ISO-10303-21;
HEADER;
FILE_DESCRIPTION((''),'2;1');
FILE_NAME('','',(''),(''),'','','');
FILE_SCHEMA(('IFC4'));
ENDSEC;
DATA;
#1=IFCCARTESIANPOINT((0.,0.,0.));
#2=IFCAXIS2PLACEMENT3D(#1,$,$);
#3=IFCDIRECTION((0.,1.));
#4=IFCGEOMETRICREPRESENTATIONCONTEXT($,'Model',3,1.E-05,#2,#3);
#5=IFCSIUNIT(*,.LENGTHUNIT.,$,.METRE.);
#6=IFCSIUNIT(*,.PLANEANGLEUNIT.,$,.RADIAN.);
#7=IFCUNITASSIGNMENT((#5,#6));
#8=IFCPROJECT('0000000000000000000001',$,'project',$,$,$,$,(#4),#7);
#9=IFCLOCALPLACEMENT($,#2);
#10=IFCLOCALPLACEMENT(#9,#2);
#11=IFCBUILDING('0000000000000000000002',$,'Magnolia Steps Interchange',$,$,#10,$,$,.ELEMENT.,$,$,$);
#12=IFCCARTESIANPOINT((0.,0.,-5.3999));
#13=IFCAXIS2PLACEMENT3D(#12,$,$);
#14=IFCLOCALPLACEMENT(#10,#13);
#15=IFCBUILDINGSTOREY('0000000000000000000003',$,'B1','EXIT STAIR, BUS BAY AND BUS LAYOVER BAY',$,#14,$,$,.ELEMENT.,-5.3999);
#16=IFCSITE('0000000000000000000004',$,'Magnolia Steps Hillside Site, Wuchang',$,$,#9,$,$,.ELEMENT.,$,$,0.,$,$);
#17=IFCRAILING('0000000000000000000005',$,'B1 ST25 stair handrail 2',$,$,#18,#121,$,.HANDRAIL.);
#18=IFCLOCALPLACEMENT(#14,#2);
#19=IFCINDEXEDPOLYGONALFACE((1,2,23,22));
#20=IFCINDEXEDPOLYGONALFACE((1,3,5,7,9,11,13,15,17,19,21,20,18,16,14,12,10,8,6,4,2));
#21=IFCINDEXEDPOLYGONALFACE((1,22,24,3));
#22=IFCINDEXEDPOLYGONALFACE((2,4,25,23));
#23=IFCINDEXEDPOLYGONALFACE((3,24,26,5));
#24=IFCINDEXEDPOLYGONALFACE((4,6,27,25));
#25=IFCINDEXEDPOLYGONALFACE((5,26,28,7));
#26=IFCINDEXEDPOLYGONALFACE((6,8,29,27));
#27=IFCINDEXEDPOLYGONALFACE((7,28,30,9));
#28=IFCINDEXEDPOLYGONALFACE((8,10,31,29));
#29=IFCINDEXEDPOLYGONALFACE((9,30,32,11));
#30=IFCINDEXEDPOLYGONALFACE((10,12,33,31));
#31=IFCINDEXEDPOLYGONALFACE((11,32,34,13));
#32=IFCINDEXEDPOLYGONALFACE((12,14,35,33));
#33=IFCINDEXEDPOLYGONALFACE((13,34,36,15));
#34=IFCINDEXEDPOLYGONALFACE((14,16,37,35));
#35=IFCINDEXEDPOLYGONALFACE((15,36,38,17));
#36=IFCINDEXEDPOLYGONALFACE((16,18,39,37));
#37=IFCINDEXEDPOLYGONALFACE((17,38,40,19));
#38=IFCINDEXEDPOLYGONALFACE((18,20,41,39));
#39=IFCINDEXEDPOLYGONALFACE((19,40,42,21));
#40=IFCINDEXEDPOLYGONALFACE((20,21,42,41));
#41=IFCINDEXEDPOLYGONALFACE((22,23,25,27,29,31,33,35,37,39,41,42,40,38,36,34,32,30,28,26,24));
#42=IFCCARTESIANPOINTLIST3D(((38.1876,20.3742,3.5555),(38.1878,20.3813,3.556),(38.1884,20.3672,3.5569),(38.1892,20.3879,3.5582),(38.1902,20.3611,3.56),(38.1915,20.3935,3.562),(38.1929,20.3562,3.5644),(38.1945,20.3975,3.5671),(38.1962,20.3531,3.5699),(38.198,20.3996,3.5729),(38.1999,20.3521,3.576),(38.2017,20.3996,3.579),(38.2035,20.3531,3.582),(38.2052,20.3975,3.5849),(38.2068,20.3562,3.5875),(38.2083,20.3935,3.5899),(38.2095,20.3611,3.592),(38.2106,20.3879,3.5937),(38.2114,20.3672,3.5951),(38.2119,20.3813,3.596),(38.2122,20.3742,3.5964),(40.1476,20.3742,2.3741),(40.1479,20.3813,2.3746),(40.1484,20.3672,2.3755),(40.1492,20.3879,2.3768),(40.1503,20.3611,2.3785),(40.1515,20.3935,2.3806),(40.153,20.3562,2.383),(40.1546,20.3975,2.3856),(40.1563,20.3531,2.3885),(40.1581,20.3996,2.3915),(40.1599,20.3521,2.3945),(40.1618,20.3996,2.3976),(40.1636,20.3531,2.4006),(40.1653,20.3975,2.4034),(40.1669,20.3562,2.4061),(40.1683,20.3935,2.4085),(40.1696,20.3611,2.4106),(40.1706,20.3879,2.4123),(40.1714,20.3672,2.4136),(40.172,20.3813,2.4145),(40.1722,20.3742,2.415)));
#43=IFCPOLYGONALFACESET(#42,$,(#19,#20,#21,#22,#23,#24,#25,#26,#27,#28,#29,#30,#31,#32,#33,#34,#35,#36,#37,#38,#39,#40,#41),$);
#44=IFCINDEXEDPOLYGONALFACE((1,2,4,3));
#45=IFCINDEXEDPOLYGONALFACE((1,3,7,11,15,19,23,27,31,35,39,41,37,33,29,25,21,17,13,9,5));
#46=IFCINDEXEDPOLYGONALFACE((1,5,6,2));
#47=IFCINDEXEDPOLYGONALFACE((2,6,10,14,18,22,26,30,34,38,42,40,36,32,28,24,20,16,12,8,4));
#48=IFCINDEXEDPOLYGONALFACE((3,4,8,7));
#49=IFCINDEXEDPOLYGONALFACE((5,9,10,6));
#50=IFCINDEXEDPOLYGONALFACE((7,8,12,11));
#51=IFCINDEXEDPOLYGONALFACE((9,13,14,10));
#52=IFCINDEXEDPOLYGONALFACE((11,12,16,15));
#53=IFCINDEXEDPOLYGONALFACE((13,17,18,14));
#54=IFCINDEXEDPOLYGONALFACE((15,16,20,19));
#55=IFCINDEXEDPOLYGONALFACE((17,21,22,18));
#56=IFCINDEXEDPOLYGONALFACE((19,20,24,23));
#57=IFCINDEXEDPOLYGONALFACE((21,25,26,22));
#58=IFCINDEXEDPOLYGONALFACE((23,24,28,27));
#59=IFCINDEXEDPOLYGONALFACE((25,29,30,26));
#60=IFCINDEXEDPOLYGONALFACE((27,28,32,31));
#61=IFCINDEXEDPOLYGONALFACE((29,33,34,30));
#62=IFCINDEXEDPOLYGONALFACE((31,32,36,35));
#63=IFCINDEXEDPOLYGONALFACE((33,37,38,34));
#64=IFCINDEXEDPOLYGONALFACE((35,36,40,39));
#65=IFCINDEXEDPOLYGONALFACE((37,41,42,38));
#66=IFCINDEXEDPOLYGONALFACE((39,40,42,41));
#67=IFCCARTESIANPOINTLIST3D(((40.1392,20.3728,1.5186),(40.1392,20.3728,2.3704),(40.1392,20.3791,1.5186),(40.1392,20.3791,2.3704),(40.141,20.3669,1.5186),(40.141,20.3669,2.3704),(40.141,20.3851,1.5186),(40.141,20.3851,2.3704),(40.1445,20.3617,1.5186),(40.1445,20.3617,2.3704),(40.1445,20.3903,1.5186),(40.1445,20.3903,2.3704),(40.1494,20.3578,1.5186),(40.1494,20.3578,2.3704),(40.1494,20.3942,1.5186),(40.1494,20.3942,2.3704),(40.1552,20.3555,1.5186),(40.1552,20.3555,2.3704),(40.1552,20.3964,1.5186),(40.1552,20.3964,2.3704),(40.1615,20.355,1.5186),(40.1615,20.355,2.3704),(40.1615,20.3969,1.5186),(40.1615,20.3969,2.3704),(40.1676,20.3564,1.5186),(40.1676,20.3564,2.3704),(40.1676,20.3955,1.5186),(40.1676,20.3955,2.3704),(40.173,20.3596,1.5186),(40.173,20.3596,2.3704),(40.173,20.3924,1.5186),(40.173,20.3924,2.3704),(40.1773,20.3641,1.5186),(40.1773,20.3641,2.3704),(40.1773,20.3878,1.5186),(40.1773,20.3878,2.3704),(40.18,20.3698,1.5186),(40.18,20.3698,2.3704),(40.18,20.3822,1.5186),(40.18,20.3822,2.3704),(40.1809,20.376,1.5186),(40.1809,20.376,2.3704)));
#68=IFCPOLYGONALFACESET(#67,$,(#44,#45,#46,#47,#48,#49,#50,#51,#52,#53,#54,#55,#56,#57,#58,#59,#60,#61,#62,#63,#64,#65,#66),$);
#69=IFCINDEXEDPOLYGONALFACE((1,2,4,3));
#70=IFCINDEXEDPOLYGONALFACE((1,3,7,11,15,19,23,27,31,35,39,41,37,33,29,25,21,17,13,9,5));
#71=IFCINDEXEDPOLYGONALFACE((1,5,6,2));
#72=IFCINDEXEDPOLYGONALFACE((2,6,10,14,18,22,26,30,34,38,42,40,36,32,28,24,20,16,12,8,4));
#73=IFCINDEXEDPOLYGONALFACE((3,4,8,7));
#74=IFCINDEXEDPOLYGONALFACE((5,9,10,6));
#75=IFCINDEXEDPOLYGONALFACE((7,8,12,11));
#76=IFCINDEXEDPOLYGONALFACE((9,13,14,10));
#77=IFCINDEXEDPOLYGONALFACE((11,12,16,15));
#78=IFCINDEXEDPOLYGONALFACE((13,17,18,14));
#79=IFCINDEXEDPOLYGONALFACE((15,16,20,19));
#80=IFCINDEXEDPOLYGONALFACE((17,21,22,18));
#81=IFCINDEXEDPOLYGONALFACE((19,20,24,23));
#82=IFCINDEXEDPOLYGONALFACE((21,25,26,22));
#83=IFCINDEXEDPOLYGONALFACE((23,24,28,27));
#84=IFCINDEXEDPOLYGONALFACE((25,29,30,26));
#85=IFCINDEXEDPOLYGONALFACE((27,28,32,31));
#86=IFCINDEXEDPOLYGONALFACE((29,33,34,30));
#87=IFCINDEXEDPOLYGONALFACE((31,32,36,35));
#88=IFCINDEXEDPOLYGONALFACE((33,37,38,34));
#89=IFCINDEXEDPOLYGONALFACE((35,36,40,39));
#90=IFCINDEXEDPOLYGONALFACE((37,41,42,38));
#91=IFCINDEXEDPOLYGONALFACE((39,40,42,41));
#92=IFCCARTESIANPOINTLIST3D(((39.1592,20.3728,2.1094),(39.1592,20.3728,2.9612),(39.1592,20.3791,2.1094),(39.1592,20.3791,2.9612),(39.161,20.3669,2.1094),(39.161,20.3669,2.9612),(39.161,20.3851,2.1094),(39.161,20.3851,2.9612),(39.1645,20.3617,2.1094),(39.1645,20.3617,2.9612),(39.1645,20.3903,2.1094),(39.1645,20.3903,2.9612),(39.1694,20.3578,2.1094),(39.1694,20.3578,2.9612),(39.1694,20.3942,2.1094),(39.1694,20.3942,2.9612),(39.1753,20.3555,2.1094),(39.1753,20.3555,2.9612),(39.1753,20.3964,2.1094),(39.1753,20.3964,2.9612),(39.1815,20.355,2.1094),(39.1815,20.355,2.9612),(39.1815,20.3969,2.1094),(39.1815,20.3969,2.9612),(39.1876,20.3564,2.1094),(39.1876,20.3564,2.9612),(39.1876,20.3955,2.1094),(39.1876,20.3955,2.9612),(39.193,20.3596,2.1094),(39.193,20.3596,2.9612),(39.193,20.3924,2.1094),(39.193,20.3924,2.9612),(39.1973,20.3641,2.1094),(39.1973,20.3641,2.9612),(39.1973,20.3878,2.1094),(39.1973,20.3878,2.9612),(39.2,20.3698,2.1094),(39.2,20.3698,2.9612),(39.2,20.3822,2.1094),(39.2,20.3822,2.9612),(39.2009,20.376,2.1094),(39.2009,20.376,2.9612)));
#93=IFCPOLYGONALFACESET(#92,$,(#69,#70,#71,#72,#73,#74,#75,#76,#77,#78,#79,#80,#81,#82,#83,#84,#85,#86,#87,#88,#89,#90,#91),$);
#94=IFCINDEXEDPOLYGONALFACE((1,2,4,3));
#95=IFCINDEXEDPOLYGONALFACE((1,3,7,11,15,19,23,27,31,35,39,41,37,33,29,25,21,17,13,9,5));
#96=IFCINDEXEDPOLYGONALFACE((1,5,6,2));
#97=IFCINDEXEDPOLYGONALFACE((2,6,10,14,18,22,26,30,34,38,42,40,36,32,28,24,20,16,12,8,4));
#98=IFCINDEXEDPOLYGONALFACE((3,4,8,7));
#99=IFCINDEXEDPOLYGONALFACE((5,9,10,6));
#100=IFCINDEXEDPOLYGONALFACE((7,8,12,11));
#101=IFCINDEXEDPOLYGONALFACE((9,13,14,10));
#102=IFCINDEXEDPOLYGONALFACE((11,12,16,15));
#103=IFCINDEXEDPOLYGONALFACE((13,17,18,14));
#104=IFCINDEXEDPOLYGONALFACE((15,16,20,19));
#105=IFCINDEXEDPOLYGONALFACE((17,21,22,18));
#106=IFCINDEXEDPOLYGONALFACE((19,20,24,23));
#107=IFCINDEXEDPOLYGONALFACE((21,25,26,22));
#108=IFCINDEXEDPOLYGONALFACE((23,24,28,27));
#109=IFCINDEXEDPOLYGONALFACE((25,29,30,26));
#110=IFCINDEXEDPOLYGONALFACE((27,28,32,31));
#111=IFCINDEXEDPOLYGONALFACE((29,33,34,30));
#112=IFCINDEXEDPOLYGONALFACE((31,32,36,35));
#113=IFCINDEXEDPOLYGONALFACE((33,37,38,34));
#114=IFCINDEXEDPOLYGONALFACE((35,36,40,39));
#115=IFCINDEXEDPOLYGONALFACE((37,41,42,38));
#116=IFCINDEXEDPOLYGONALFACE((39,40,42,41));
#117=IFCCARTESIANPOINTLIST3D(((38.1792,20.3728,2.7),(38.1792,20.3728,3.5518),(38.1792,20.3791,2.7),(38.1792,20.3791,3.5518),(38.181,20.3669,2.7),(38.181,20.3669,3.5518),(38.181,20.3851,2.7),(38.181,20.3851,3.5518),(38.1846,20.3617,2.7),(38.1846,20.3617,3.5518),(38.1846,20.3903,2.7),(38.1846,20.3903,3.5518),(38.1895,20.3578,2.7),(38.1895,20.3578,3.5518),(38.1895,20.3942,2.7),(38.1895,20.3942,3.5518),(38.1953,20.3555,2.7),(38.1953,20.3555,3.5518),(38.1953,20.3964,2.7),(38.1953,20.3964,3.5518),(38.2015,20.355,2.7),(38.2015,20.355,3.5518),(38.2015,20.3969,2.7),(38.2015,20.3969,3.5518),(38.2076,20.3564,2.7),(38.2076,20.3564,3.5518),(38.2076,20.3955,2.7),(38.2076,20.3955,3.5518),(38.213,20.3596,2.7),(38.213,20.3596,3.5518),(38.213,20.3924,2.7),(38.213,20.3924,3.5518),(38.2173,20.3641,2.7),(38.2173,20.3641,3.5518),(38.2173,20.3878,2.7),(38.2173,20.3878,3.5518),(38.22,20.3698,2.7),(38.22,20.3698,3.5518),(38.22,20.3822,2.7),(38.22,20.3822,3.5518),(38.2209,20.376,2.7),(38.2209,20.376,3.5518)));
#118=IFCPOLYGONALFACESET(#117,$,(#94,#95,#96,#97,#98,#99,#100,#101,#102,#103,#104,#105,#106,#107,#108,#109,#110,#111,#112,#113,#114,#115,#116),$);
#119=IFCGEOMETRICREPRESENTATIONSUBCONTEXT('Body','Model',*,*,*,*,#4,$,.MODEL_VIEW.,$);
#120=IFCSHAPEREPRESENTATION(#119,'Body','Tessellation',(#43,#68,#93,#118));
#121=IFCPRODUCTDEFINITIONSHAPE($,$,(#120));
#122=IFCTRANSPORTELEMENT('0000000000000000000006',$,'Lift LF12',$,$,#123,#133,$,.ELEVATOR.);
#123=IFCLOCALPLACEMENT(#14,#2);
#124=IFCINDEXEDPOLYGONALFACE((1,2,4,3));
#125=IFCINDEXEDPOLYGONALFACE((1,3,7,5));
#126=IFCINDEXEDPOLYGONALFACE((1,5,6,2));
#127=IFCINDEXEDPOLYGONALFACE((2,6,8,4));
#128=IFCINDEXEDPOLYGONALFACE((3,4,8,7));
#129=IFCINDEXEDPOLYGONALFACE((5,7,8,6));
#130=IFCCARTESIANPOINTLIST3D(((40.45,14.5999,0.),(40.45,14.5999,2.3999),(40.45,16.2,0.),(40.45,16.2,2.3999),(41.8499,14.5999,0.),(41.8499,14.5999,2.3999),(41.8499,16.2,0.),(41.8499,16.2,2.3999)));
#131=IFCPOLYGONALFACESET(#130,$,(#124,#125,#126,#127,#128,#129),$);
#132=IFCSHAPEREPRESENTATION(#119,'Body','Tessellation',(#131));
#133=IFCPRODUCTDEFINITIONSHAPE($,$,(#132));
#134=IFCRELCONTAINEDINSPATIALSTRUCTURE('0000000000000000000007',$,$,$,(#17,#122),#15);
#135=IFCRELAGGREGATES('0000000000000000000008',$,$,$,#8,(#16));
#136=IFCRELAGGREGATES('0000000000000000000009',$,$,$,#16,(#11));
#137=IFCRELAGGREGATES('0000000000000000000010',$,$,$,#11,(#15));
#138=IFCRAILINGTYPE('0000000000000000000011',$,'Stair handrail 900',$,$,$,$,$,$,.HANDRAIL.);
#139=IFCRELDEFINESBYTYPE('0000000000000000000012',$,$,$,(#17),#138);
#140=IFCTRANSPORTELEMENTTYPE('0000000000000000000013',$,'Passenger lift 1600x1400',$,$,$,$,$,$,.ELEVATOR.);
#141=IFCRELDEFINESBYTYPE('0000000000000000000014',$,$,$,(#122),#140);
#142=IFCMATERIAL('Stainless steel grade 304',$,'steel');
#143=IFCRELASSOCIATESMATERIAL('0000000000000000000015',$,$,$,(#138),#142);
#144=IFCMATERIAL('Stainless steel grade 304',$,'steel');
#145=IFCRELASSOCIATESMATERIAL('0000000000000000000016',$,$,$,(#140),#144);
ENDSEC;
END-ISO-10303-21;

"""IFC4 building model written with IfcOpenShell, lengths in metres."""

from ifc_helpers import new_model, si_unit, direction, frame, origin, origin_2d, place, context, subcontext, project, spatial, rectangle, circle, extrude, material, type_object, element, save


model = new_model("IFC4")

# Units and contexts
model_context = context("Model", 3, precision=1e-05, world=origin(), true_north=direction((0.0, 1.0)))
body_context = subcontext(model_context, "Body", "Model", "MODEL_VIEW")
ifc_project = project(units=[si_unit("LENGTHUNIT", "METRE"), si_unit("PLANEANGLEUNIT", "RADIAN")], contexts=[model_context])

# Site, building, storey
site_placement = place(None, origin())
site = spatial("IfcSite", under=ifc_project, at=site_placement, Name="Magnolia Steps Hillside Site, Wuchang", CompositionType="ELEMENT", RefElevation=0.0)
building_placement = place(site_placement, origin())
building = spatial("IfcBuilding", under=site, at=building_placement, Name="Magnolia Steps Interchange", CompositionType="ELEMENT")
storey_placement = place(building_placement, frame((0.0, 0.0, -5.3999)))
storey = spatial("IfcBuildingStorey", under=building, at=storey_placement, Name="B1", Description="EXIT STAIR, BUS BAY AND BUS LAYOVER BAY", CompositionType="ELEMENT", Elevation=-5.3999)

# Railing
ifc_material_1 = material(Name="Stainless steel grade 304", Category="steel")
railing_type_1 = type_object("IfcRailingType", Name="Stair handrail 900", PredefinedType="HANDRAIL", material=ifc_material_1)
railing_1_placement = place(storey_placement, frame((40.1599, 20.376, 1.5186)))
element("IfcRailing", 1, at=railing_1_placement, inside=storey, type_object=railing_type_1, Name="B1 ST25 stair handrail 2", PredefinedType="HANDRAIL", context=body_context, shape_type="SweptSolid", body=[
    extrude(circle(Radius=0.0239, at=origin_2d()), frame((0.0, 0.0, 0.876), z_axis=(-0.856446, 0.0, 0.516236), x_axis=(0.0, -1.0, 0.0)), (0.0, 0.0, 1.0), 2.2886),
    extrude(circle(Radius=0.021, at=origin_2d()), origin(), (0.0, 0.0, 1.0), 0.8518),
    extrude(circle(Radius=0.021, at=origin_2d()), frame((-0.98, 0.0, 0.5908)), (0.0, 0.0, 1.0), 0.8518),
    extrude(circle(Radius=0.021, at=origin_2d()), frame((-1.96, 0.0, 1.1814)), (0.0, 0.0, 1.0), 0.8518),
])

# Transport element
ifc_material_2 = material(Name="Stainless steel grade 304", Category="steel")
transport_element_type = type_object("IfcTransportElementType", Name="Passenger lift 1600x1400", PredefinedType="ELEVATOR", material=ifc_material_2)
transport_element_placement = place(storey_placement, frame((41.1499, 15.3999, 0.0), z_axis=(0.0, 0.0, 1.0), x_axis=(0.0, -1.0, 0.0)))
element("IfcTransportElement", 2, at=transport_element_placement, inside=storey, type_object=transport_element_type, Name="Lift LF12", PredefinedType="ELEVATOR", context=body_context, shape_type="SweptSolid", body=[
    extrude(rectangle(XDim=1.6001, YDim=1.3999, at=origin_2d()), origin(), (0.0, 0.0, 1.0), 2.3999),
])

save(model, "model.ifc")
